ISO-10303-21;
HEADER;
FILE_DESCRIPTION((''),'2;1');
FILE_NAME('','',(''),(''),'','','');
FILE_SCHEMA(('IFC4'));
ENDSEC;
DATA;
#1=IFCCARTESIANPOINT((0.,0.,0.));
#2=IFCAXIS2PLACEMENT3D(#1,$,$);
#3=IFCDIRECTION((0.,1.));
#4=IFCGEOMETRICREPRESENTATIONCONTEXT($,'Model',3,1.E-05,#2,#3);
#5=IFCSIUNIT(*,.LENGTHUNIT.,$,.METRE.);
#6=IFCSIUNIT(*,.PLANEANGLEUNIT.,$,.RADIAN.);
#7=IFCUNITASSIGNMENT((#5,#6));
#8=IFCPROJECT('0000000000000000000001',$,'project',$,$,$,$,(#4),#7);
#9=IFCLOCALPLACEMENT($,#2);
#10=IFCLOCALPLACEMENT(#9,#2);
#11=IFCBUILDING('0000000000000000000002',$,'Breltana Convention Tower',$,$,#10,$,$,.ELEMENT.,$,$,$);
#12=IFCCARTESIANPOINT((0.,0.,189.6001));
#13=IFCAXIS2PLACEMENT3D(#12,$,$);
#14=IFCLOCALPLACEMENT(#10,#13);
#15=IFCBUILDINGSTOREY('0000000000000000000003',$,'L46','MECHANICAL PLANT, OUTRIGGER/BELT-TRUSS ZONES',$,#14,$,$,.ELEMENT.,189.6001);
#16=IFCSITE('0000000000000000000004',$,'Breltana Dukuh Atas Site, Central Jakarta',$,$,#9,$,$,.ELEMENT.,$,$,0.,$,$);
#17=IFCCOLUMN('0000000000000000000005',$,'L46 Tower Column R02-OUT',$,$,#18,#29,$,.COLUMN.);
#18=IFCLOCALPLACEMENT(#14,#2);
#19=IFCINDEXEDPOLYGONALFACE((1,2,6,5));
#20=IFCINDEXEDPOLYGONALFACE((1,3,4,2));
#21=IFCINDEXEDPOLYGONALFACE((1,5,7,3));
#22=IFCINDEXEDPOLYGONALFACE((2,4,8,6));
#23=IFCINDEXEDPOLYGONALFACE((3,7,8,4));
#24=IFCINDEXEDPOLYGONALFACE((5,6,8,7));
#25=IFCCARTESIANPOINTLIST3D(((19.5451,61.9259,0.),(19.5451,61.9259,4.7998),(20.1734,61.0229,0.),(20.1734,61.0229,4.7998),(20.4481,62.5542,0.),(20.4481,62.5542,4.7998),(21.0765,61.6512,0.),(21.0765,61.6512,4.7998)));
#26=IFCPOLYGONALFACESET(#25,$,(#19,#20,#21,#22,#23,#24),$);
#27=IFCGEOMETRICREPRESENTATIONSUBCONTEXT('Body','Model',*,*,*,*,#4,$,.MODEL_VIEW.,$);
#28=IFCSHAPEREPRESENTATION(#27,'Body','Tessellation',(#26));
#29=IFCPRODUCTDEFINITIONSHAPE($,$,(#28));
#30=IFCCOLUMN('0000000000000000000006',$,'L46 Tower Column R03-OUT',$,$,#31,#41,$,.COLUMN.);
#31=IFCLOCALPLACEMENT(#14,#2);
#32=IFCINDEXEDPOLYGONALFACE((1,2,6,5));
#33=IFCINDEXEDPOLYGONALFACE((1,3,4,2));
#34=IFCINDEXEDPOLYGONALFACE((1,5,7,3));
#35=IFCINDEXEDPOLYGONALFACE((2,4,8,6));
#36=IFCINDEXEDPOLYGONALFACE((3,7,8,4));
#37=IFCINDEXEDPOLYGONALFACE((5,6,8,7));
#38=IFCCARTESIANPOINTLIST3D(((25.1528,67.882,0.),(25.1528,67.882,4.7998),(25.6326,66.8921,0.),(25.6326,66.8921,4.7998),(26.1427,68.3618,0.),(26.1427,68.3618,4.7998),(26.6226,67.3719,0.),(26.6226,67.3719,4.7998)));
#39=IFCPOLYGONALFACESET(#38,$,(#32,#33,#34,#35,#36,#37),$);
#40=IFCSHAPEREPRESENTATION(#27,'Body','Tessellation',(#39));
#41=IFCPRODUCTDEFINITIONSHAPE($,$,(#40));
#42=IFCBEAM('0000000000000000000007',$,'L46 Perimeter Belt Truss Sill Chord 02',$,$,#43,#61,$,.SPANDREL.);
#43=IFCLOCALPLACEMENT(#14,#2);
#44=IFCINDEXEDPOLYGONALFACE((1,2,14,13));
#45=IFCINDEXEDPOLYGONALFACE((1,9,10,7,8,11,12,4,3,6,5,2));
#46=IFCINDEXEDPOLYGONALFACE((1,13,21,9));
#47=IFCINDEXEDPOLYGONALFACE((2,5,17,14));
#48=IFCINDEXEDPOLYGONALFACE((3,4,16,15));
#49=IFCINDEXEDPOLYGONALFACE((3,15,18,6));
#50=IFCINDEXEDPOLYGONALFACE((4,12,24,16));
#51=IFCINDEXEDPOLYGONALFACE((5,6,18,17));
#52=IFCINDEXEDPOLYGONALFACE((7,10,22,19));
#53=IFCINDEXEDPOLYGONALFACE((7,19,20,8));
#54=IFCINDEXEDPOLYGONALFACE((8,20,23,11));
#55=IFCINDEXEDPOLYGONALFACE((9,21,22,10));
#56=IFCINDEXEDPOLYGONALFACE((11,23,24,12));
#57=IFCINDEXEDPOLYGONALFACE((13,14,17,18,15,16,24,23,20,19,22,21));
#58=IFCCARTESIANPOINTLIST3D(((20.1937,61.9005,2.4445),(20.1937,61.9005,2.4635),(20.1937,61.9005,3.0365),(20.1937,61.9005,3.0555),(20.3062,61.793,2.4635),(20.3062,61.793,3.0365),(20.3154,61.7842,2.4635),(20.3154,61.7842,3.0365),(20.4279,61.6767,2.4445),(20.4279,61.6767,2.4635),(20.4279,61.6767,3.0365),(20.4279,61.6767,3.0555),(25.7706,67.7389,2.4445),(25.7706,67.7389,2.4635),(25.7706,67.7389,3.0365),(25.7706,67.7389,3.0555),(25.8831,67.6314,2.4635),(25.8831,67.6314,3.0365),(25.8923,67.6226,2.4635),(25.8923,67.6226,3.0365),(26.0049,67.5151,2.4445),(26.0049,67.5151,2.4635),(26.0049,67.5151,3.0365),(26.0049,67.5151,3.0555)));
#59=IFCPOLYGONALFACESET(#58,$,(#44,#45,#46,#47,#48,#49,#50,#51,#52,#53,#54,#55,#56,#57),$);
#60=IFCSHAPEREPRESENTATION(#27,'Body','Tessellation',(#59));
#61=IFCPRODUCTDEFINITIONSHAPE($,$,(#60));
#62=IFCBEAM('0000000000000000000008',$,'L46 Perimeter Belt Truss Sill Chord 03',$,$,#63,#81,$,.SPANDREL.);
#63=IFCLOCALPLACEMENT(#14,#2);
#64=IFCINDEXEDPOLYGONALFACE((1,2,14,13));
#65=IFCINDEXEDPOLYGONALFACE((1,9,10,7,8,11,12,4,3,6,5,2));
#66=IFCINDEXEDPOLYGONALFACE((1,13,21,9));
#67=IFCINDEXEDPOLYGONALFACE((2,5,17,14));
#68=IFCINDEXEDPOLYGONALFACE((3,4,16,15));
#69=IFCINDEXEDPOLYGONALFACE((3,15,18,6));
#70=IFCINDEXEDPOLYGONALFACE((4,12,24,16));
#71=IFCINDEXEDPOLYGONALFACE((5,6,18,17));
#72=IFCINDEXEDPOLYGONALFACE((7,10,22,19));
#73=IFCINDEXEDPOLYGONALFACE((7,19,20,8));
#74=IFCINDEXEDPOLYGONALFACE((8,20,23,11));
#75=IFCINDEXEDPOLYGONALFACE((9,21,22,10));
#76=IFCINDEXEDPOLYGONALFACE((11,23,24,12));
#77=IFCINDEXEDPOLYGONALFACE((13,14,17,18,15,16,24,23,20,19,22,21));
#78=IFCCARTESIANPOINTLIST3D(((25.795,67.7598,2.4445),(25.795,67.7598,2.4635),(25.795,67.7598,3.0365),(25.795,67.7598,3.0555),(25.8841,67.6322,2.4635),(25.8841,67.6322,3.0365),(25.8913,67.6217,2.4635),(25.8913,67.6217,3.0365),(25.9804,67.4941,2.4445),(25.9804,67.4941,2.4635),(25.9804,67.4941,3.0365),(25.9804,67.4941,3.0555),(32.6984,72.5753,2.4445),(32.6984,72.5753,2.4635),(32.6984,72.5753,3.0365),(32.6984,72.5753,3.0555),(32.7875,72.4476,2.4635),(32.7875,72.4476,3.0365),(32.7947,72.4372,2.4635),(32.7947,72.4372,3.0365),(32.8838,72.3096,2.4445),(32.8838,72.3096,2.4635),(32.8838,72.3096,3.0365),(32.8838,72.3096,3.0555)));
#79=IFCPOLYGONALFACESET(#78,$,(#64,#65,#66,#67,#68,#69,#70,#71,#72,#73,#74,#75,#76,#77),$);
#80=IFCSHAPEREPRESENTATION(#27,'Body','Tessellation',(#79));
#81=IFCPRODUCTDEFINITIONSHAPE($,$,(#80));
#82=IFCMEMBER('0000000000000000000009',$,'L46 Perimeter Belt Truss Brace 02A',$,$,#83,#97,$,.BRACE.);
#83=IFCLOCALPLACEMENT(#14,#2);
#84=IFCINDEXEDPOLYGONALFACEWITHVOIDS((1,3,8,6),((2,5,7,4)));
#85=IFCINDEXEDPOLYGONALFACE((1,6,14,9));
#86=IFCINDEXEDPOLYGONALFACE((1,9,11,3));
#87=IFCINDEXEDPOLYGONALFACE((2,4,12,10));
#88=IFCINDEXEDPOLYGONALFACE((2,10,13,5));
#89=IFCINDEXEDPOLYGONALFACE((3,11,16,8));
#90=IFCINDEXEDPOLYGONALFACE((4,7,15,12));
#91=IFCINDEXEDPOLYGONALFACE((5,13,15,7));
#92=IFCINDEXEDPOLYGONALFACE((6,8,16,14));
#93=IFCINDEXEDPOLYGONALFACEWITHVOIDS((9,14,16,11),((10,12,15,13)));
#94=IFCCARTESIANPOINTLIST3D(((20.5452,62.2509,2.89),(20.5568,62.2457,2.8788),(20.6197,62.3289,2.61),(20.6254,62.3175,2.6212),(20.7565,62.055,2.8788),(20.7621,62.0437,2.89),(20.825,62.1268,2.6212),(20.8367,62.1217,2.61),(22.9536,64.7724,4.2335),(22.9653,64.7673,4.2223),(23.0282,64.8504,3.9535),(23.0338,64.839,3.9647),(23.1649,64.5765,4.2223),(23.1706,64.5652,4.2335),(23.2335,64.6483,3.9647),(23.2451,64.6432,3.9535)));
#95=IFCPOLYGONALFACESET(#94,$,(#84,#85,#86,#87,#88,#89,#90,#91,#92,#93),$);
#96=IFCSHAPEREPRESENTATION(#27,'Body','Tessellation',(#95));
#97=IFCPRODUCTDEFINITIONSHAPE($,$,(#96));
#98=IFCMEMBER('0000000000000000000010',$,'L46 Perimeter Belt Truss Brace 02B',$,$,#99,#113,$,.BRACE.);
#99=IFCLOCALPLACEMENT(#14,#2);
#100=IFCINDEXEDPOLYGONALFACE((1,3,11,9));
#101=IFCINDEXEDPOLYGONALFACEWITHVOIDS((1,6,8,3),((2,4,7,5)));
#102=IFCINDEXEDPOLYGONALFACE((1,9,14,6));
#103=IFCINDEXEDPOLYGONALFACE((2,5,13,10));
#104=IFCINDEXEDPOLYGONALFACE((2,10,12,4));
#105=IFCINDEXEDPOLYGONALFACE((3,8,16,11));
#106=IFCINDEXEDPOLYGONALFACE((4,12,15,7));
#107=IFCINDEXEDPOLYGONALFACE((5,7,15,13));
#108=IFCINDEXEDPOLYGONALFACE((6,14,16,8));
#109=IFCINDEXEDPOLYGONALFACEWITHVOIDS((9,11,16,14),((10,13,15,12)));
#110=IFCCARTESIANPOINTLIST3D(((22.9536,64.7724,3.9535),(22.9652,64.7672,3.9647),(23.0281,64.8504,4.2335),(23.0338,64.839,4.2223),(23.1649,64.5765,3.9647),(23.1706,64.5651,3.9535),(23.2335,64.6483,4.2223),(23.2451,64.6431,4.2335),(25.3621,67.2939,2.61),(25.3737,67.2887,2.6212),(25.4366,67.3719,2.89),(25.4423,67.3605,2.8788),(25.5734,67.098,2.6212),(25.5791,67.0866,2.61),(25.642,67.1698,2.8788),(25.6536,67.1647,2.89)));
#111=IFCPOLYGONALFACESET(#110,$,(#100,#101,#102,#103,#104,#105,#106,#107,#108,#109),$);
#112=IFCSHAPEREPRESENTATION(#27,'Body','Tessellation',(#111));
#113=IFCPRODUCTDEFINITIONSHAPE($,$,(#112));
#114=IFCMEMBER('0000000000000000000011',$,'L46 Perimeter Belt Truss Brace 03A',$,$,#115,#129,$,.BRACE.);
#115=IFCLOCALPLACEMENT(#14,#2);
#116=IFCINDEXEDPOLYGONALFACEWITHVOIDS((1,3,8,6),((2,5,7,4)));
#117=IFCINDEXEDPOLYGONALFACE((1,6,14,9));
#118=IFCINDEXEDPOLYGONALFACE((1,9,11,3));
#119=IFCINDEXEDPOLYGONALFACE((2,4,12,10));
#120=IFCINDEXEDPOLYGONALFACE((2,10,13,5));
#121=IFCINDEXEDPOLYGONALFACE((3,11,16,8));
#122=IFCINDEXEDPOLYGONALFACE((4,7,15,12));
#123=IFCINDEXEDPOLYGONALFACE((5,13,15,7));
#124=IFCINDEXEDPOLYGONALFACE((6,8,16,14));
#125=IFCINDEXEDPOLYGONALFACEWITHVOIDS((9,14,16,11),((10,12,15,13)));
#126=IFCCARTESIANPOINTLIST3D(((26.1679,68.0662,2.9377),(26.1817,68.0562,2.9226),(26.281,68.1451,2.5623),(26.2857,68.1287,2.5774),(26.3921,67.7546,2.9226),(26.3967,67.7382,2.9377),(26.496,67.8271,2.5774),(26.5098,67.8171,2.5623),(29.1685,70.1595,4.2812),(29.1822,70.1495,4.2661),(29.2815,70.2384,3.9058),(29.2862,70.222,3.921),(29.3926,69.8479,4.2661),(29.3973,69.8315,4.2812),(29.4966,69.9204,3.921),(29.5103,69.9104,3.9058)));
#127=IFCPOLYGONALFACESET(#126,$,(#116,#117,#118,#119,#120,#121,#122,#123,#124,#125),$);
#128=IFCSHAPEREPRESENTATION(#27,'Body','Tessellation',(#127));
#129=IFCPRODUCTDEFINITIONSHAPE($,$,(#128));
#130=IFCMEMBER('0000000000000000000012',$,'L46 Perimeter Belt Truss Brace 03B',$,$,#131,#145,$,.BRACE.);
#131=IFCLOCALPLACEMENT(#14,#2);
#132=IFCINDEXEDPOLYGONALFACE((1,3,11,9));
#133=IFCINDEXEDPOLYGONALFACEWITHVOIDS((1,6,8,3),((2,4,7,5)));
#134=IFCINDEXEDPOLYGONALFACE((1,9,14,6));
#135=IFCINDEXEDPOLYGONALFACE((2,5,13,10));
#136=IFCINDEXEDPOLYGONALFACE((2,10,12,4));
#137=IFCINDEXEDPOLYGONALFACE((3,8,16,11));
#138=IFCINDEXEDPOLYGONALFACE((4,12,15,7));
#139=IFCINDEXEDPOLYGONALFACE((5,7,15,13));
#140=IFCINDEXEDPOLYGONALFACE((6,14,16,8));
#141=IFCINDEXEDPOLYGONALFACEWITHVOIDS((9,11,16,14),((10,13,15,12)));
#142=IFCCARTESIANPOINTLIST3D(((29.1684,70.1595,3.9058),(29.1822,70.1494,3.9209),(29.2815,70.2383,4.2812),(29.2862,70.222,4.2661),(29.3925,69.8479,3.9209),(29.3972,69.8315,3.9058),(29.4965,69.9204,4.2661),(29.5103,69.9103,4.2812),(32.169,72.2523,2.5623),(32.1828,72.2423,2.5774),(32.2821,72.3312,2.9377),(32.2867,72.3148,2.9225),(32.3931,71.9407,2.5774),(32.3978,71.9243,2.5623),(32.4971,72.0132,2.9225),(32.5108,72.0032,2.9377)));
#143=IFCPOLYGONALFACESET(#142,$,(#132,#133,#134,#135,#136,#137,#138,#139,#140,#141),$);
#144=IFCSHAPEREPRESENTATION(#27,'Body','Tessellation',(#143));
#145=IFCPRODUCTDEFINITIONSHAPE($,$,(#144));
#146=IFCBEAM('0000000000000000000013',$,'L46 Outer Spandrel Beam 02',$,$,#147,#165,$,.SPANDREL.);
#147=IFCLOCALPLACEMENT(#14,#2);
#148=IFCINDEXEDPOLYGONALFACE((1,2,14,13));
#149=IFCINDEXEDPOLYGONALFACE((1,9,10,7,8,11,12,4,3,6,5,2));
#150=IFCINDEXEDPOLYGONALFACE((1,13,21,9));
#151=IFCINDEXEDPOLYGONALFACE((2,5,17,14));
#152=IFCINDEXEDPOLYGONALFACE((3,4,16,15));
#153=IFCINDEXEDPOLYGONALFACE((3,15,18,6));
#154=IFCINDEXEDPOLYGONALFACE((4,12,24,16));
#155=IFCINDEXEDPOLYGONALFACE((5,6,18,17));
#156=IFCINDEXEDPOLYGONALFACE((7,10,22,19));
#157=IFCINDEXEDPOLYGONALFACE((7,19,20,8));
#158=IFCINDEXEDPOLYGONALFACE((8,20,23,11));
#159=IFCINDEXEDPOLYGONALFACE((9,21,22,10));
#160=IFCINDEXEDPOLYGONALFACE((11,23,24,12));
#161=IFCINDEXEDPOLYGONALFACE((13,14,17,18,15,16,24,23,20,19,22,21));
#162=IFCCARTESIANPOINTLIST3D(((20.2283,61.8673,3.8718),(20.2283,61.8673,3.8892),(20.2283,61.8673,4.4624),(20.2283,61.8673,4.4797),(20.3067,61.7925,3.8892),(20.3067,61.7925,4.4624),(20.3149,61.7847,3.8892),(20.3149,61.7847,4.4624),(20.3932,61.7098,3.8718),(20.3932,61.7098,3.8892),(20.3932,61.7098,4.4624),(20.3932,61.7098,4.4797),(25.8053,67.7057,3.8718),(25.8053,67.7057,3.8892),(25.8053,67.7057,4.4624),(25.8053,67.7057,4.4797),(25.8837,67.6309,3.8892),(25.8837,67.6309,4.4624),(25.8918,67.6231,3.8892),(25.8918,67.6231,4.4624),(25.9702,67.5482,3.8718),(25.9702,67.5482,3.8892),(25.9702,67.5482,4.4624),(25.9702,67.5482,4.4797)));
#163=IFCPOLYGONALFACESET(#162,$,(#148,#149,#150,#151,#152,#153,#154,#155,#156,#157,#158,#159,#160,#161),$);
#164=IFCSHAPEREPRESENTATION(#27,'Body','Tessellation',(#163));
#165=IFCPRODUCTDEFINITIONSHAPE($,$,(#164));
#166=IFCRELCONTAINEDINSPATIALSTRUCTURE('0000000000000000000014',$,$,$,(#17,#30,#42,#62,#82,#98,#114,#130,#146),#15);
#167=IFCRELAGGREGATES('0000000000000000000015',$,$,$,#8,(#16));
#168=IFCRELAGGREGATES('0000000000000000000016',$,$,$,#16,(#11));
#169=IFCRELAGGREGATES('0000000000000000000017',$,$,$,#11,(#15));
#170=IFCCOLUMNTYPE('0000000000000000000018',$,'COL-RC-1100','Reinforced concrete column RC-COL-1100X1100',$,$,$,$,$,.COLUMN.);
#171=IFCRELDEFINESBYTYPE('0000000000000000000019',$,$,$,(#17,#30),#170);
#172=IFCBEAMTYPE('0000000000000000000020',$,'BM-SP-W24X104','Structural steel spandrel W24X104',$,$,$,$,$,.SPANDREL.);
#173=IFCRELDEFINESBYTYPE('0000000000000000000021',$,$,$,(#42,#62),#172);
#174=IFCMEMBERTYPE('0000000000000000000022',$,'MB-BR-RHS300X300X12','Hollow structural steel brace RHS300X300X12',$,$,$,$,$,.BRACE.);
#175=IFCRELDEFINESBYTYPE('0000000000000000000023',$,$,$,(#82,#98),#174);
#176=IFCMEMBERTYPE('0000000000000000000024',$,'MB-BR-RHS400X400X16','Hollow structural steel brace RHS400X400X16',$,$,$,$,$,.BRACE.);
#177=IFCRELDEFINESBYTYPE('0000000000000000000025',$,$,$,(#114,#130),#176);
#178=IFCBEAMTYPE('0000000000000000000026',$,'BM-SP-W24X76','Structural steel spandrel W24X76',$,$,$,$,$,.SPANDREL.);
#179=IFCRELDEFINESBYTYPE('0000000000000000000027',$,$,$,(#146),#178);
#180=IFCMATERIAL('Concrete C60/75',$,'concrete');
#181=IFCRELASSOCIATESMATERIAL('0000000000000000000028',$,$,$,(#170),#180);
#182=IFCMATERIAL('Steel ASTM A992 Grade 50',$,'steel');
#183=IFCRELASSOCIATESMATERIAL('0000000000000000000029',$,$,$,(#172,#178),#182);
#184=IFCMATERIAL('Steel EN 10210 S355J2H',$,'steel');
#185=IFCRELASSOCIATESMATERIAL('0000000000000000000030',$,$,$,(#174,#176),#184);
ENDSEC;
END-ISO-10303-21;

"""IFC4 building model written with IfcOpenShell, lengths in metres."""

from ifc_helpers import new_model, si_unit, direction, frame, origin, origin_2d, place, context, subcontext, project, spatial, rectangle, hollow_rectangle, i_section, extrude, source, transform, mapped, material, material_profile, profile_set, type_object, element, save


model = new_model("IFC4")

# Units and contexts
model_context = context("Model", 3, precision=1e-05, world=origin(), true_north=direction((0.0, 1.0)))
body_context = subcontext(model_context, "Body", "Model", "MODEL_VIEW")
ifc_project = project(units=[si_unit("LENGTHUNIT", "METRE"), si_unit("PLANEANGLEUNIT", "RADIAN")], contexts=[model_context])

# Site, building, storey
site_placement = place(None, origin())
site = spatial("IfcSite", under=ifc_project, at=site_placement, Name="Breltana Dukuh Atas Site, Central Jakarta", CompositionType="ELEMENT", RefElevation=0.0)
building_placement = place(site_placement, origin())
building = spatial("IfcBuilding", under=site, at=building_placement, Name="Breltana Convention Tower", CompositionType="ELEMENT")
storey_placement = place(building_placement, frame((0.0, 0.0, 189.6001)))
storey = spatial("IfcBuildingStorey", under=building, at=storey_placement, Name="L46", Description="MECHANICAL PLANT, OUTRIGGER/BELT-TRUSS ZONES", CompositionType="ELEMENT", Elevation=189.6001)

# Columns
ifc_material_1 = material(Name="Concrete C60/75", Category="concrete")
ifc_material_profile_1 = material_profile(ifc_material_1, rectangle(XDim=1.1001, YDim=1.1001, at=origin_2d()), Name="RC-COL-1100X1100")
ifc_profile_set_1 = profile_set([ifc_material_profile_1], Name="Concrete C60/75")
column_type = type_object("IfcColumnType", Name="COL-RC-1100", Description="Reinforced concrete column RC-COL-1100X1100", PredefinedType="COLUMN", material=ifc_profile_set_1)
shared_shape_1 = source(origin(), body_context, "Body", "SweptSolid", [
    extrude(rectangle(XDim=1.1001, YDim=1.1001, at=origin_2d()), origin(), (0.0, 0.0, 1.0), 4.7998),
])
for number, where, z_axis, x_axis, name in (
    (1, (20.3108, 61.7886, 0.0), (0.0, 0.0, 1.0), (-0.571143, 0.82085, 0.0), "L46 Tower Column R02-OUT"),
    (2, (25.8877, 67.627, 0.0), (0.0, 0.0, 1.0), (-0.436174, 0.899863, 0.0), "L46 Tower Column R03-OUT"),
):
    element("IfcColumn", number, at=place(storey_placement, frame(where, z_axis=z_axis, x_axis=x_axis)), inside=storey, type_object=column_type, Name=name, PredefinedType="COLUMN", context=body_context, shape_type="MappedRepresentation", body=[
        mapped(shared_shape_1, transform((0.0, 0.0, 0.0), scale=1.0)),
    ])

# Beams
ifc_material_2 = material(Name="Steel ASTM A992 Grade 50", Category="steel")
ifc_material_profile_2 = material_profile(ifc_material_2, i_section(OverallWidth=0.324, OverallDepth=0.6111, WebThickness=0.0127, FlangeThickness=0.019, at=origin_2d()), Name="W24X104")
ifc_profile_set_2 = profile_set([ifc_material_profile_2], Name="Steel ASTM A992 Grade 50")
beam_type_1 = type_object("IfcBeamType", Name="BM-SP-W24X104", Description="Structural steel spandrel W24X104", PredefinedType="SPANDREL", material=ifc_profile_set_2)
shared_shape_2 = source(origin(), body_context, "Body", "SweptSolid", [
    extrude(i_section(OverallWidth=0.324, OverallDepth=0.6111, WebThickness=0.0127, FlangeThickness=0.019, at=origin_2d()), origin(), (0.0, 0.0, 1.0), 8.074),
])
beam_1_placement = place(storey_placement, frame((20.3108, 61.7886, 2.75), z_axis=(0.690729, 0.723114, 0.0), x_axis=(-0.723114, 0.690729, 0.0)))
element("IfcBeam", 3, at=beam_1_placement, inside=storey, type_object=beam_type_1, Name="L46 Perimeter Belt Truss Sill Chord 02", PredefinedType="SPANDREL", context=body_context, shape_type="MappedRepresentation", body=[
    mapped(shared_shape_2, transform((0.0, 0.0, 0.0), scale=1.0)),
])
shared_shape_3 = source(origin(), body_context, "Body", "SweptSolid", [
    extrude(i_section(OverallWidth=0.324, OverallDepth=0.6111, WebThickness=0.0127, FlangeThickness=0.019, at=origin_2d()), origin(), (0.0, 0.0, 1.0), 8.417),
])
beam_2_placement = place(storey_placement, frame((25.8877, 67.627, 2.75), z_axis=(0.820174, 0.572114, 0.0), x_axis=(-0.572114, 0.820174, 0.0)))
element("IfcBeam", 4, at=beam_2_placement, inside=storey, type_object=beam_type_1, Name="L46 Perimeter Belt Truss Sill Chord 03", PredefinedType="SPANDREL", context=body_context, shape_type="MappedRepresentation", body=[
    mapped(shared_shape_3, transform((0.0, 0.0, 0.0), scale=1.0)),
])

# Members
ifc_material_3 = material(Name="Steel EN 10210 S355J2H", Category="steel")
ifc_material_profile_3 = material_profile(ifc_material_3, hollow_rectangle(XDim=0.3, YDim=0.3, WallThickness=0.012, at=origin_2d()), Name="RHS300X300X12")
ifc_profile_set_3 = profile_set([ifc_material_profile_3], Name="Steel EN 10210 S355J2H")
member_type_1 = type_object("IfcMemberType", Name="MB-BR-RHS300X300X12", Description="Hollow structural steel brace RHS300X300X12", PredefinedType="BRACE", material=ifc_profile_set_3)
shared_shape_4 = source(origin(), body_context, "Body", "SweptSolid", [
    extrude(hollow_rectangle(XDim=0.3, YDim=0.3, WallThickness=0.012, at=origin_2d()), origin(), (0.0, 0.0, 1.0), 3.7368),
])
for number, where, z_axis, x_axis, name in (
    (5, (20.6909, 62.1863, 2.75), (0.644525, 0.674775, 0.359536), (-0.72313, 0.690712, 0.0), "L46 Perimeter Belt Truss Brace 02A"),
    (6, (23.0994, 64.7078, 4.0935), (0.644525, 0.674775, -0.359536), (-0.72313, 0.690712, 0.0), "L46 Perimeter Belt Truss Brace 02B"),
):
    element("IfcMember", number, at=place(storey_placement, frame(where, z_axis=z_axis, x_axis=x_axis)), inside=storey, type_object=member_type_1, Name=name, PredefinedType="BRACE", context=body_context, shape_type="MappedRepresentation", body=[
        mapped(shared_shape_4, transform((0.0, 0.0, 0.0), scale=1.0)),
    ])
ifc_material_profile_4 = material_profile(ifc_material_3, hollow_rectangle(XDim=0.3999, YDim=0.3999, WallThickness=0.0161, at=origin_2d()), Name="RHS400X400X16")
ifc_profile_set_4 = profile_set([ifc_material_profile_4], Name="Steel EN 10210 S355J2H")
member_type_2 = type_object("IfcMemberType", Name="MB-BR-RHS400X400X16", Description="Hollow structural steel brace RHS400X400X16", PredefinedType="BRACE", material=ifc_profile_set_4)
shared_shape_5 = source(origin(), body_context, "Body", "SweptSolid", [
    extrude(hollow_rectangle(XDim=0.3999, YDim=0.3999, WallThickness=0.0161, at=origin_2d()), origin(), (0.0, 0.0, 1.0), 3.8975),
])
member_1_placement = place(storey_placement, frame((26.3389, 67.9417, 2.75), z_axis=(0.76987, 0.537093, 0.344719), x_axis=(-0.572163, 0.82014, 0.0)))
element("IfcMember", 7, at=member_1_placement, inside=storey, type_object=member_type_2, Name="L46 Perimeter Belt Truss Brace 03A", PredefinedType="BRACE", context=body_context, shape_type="MappedRepresentation", body=[
    mapped(shared_shape_5, transform((0.0, 0.0, 0.0), scale=1.0)),
])
shared_shape_6 = source(origin(), body_context, "Body", "SweptSolid", [
    extrude(hollow_rectangle(XDim=0.3999, YDim=0.3999, WallThickness=0.0161, at=origin_2d()), origin(), (0.0, 0.0, 1.0), 3.8972),
])
member_2_placement = place(storey_placement, frame((29.3394, 70.0349, 4.0935), z_axis=(0.769922, 0.537003, -0.344742), x_axis=(-0.572073, 0.820203, 0.0)))
element("IfcMember", 8, at=member_2_placement, inside=storey, type_object=member_type_2, Name="L46 Perimeter Belt Truss Brace 03B", PredefinedType="BRACE", context=body_context, shape_type="MappedRepresentation", body=[
    mapped(shared_shape_6, transform((0.0, 0.0, 0.0), scale=1.0)),
])

# Beam
ifc_material_profile_5 = material_profile(ifc_material_2, i_section(OverallWidth=0.228, OverallDepth=0.6079, WebThickness=0.0112, FlangeThickness=0.0173, at=origin_2d()), Name="W24X76")
ifc_profile_set_5 = profile_set([ifc_material_profile_5], Name="Steel ASTM A992 Grade 50")
beam_type_2 = type_object("IfcBeamType", Name="BM-SP-W24X76", Description="Structural steel spandrel W24X76", PredefinedType="SPANDREL", material=ifc_profile_set_5)
shared_shape_7 = source(origin(), body_context, "Body", "SweptSolid", [
    extrude(i_section(OverallWidth=0.228, OverallDepth=0.6079, WebThickness=0.0112, FlangeThickness=0.0173, at=origin_2d()), origin(), (0.0, 0.0, 1.0), 8.074),
])
beam_3_placement = place(storey_placement, frame((20.3108, 61.7886, 4.1758), z_axis=(0.690729, 0.723114, 0.0), x_axis=(-0.723114, 0.690729, 0.0)))
element("IfcBeam", 9, at=beam_3_placement, inside=storey, type_object=beam_type_2, Name="L46 Outer Spandrel Beam 02", PredefinedType="SPANDREL", context=body_context, shape_type="MappedRepresentation", body=[
    mapped(shared_shape_7, transform((0.0, 0.0, 0.0), scale=1.0)),
])

save(model, "model.ifc")
